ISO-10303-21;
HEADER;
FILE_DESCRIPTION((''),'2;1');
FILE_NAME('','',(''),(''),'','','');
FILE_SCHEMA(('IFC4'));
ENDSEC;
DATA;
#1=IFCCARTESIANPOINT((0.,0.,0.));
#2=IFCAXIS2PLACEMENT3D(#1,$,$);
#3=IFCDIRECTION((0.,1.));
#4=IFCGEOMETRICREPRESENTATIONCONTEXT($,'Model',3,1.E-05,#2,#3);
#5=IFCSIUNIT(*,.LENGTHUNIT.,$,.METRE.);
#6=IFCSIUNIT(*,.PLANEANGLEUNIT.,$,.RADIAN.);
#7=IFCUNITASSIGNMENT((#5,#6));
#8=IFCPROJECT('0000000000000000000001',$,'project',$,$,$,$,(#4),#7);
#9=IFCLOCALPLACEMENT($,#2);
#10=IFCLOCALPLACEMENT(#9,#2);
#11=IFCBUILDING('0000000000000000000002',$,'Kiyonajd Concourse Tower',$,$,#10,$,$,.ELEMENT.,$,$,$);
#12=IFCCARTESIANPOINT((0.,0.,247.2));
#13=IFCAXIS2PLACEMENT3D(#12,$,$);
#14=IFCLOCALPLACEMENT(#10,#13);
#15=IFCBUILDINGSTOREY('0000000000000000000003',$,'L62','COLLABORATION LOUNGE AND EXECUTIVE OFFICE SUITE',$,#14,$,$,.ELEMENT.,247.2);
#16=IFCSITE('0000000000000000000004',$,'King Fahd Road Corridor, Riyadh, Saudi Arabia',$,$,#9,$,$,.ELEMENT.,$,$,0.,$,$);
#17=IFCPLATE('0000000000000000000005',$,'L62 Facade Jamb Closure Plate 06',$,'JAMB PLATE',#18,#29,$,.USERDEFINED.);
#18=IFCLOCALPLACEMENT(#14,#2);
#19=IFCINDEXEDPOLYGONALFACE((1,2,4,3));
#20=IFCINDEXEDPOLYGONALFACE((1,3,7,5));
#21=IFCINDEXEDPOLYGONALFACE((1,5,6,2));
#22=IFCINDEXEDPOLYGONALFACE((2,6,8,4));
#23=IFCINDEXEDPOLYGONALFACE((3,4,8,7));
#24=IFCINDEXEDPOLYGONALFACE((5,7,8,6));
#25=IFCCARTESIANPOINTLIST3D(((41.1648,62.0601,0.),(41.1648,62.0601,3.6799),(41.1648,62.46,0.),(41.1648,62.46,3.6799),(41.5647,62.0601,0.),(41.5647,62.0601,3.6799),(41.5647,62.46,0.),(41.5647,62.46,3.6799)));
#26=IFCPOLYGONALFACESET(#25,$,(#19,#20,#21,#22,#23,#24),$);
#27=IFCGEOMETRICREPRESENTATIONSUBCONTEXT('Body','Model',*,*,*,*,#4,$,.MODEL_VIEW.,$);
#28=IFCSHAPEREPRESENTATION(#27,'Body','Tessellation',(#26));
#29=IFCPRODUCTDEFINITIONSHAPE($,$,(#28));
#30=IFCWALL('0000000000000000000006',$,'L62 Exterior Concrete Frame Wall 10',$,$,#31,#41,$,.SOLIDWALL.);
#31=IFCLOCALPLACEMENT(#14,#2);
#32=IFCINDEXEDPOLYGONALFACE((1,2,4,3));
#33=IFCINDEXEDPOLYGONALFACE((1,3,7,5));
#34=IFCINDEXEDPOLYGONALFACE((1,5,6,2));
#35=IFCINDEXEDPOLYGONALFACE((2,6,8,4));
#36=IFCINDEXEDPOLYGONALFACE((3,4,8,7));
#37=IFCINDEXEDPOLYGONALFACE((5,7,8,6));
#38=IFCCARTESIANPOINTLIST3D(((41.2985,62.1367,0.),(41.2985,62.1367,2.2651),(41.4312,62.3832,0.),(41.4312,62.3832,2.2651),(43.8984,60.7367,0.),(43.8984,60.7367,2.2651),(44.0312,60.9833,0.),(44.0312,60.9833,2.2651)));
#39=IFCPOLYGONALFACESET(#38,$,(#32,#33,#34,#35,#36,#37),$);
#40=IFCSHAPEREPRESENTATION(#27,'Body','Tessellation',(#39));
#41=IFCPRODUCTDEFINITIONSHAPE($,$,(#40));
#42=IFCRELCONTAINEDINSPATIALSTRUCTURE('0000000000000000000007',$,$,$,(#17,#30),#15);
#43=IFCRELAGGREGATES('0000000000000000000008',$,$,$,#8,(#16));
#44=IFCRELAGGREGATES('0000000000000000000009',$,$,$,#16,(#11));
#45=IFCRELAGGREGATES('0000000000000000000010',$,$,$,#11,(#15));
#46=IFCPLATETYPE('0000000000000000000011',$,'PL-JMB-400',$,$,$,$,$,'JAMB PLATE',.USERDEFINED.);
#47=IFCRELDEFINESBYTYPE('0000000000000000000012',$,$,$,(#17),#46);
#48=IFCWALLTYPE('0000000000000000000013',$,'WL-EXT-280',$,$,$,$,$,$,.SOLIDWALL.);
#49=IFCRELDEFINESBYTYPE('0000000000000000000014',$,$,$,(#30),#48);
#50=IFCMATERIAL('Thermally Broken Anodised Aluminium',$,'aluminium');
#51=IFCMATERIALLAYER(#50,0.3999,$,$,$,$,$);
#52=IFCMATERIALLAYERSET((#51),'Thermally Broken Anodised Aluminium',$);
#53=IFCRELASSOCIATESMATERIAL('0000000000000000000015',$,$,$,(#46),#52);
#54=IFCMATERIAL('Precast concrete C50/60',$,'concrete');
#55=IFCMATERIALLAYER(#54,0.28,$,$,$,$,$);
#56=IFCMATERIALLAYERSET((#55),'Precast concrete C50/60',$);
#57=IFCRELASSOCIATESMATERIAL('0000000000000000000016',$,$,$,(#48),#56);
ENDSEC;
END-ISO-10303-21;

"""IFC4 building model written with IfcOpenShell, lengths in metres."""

from ifc_helpers import new_model, si_unit, direction, frame, frame_2d, origin, origin_2d, place, context, subcontext, project, spatial, rectangle, extrude, material, layer, layer_set, type_object, element, save


model = new_model("IFC4")

# Units and contexts
model_context = context("Model", 3, precision=1e-05, world=origin(), true_north=direction((0.0, 1.0)))
body_context = subcontext(model_context, "Body", "Model", "MODEL_VIEW")
ifc_project = project(units=[si_unit("LENGTHUNIT", "METRE"), si_unit("PLANEANGLEUNIT", "RADIAN")], contexts=[model_context])

# Site, building, storey
site_placement = place(None, origin())
site = spatial("IfcSite", under=ifc_project, at=site_placement, Name="King Fahd Road Corridor, Riyadh, Saudi Arabia", CompositionType="ELEMENT", RefElevation=0.0)
building_placement = place(site_placement, origin())
building = spatial("IfcBuilding", under=site, at=building_placement, Name="Kiyonajd Concourse Tower", CompositionType="ELEMENT")
storey_placement = place(building_placement, frame((0.0, 0.0, 247.2)))
storey = spatial("IfcBuildingStorey", under=building, at=storey_placement, Name="L62", Description="COLLABORATION LOUNGE AND EXECUTIVE OFFICE SUITE", CompositionType="ELEMENT", Elevation=247.2)

# Shared definitions
ifc_material_1 = material(Name="Thermally Broken Anodised Aluminium", Category="aluminium")

# Plate
ifc_layer_1 = layer(ifc_material_1, 0.3999)
ifc_layer_set_1 = layer_set([ifc_layer_1], Name="Thermally Broken Anodised Aluminium")
plate_type_1 = type_object("IfcPlateType", Name="PL-JMB-400", ElementType="JAMB PLATE", PredefinedType="USERDEFINED", material=ifc_layer_set_1)
plate_1_placement = place(storey_placement, frame((41.3647, 62.26, 0.0), z_axis=(0.0, 0.0, 1.0), x_axis=(1.0, 0.0, 0.0)))
element("IfcPlate", 1, at=plate_1_placement, inside=storey, type_object=plate_type_1, Name="L62 Facade Jamb Closure Plate 06", ObjectType="JAMB PLATE", PredefinedType="USERDEFINED", context=body_context, shape_type="SweptSolid", body=[
    extrude(rectangle(XDim=0.3999, YDim=0.3999, at=origin_2d()), origin(), (0.0, 0.0, 1.0), 3.6799),
])

# Wall
ifc_material_2 = material(Name="Precast concrete C50/60", Category="concrete")
ifc_layer_2 = layer(ifc_material_2, 0.28)
ifc_layer_set_2 = layer_set([ifc_layer_2], Name="Precast concrete C50/60")
wall_type = type_object("IfcWallType", Name="WL-EXT-280", PredefinedType="SOLIDWALL", material=ifc_layer_set_2)
wall_placement = place(storey_placement, frame((41.3647, 62.26, 0.0), z_axis=(0.0, 0.0, 1.0), x_axis=(0.880474, -0.474095, 0.0)))
element("IfcWall", 2, at=wall_placement, inside=storey, type_object=wall_type, Name="L62 Exterior Concrete Frame Wall 10", PredefinedType="SOLIDWALL", context=body_context, shape_type="SweptSolid", body=[
    extrude(rectangle(XDim=2.9529, YDim=0.28, at=frame_2d((1.4766, 0.0))), origin(), (0.0, 0.0, 1.0), 2.2651),
])

save(model, "model.ifc")
